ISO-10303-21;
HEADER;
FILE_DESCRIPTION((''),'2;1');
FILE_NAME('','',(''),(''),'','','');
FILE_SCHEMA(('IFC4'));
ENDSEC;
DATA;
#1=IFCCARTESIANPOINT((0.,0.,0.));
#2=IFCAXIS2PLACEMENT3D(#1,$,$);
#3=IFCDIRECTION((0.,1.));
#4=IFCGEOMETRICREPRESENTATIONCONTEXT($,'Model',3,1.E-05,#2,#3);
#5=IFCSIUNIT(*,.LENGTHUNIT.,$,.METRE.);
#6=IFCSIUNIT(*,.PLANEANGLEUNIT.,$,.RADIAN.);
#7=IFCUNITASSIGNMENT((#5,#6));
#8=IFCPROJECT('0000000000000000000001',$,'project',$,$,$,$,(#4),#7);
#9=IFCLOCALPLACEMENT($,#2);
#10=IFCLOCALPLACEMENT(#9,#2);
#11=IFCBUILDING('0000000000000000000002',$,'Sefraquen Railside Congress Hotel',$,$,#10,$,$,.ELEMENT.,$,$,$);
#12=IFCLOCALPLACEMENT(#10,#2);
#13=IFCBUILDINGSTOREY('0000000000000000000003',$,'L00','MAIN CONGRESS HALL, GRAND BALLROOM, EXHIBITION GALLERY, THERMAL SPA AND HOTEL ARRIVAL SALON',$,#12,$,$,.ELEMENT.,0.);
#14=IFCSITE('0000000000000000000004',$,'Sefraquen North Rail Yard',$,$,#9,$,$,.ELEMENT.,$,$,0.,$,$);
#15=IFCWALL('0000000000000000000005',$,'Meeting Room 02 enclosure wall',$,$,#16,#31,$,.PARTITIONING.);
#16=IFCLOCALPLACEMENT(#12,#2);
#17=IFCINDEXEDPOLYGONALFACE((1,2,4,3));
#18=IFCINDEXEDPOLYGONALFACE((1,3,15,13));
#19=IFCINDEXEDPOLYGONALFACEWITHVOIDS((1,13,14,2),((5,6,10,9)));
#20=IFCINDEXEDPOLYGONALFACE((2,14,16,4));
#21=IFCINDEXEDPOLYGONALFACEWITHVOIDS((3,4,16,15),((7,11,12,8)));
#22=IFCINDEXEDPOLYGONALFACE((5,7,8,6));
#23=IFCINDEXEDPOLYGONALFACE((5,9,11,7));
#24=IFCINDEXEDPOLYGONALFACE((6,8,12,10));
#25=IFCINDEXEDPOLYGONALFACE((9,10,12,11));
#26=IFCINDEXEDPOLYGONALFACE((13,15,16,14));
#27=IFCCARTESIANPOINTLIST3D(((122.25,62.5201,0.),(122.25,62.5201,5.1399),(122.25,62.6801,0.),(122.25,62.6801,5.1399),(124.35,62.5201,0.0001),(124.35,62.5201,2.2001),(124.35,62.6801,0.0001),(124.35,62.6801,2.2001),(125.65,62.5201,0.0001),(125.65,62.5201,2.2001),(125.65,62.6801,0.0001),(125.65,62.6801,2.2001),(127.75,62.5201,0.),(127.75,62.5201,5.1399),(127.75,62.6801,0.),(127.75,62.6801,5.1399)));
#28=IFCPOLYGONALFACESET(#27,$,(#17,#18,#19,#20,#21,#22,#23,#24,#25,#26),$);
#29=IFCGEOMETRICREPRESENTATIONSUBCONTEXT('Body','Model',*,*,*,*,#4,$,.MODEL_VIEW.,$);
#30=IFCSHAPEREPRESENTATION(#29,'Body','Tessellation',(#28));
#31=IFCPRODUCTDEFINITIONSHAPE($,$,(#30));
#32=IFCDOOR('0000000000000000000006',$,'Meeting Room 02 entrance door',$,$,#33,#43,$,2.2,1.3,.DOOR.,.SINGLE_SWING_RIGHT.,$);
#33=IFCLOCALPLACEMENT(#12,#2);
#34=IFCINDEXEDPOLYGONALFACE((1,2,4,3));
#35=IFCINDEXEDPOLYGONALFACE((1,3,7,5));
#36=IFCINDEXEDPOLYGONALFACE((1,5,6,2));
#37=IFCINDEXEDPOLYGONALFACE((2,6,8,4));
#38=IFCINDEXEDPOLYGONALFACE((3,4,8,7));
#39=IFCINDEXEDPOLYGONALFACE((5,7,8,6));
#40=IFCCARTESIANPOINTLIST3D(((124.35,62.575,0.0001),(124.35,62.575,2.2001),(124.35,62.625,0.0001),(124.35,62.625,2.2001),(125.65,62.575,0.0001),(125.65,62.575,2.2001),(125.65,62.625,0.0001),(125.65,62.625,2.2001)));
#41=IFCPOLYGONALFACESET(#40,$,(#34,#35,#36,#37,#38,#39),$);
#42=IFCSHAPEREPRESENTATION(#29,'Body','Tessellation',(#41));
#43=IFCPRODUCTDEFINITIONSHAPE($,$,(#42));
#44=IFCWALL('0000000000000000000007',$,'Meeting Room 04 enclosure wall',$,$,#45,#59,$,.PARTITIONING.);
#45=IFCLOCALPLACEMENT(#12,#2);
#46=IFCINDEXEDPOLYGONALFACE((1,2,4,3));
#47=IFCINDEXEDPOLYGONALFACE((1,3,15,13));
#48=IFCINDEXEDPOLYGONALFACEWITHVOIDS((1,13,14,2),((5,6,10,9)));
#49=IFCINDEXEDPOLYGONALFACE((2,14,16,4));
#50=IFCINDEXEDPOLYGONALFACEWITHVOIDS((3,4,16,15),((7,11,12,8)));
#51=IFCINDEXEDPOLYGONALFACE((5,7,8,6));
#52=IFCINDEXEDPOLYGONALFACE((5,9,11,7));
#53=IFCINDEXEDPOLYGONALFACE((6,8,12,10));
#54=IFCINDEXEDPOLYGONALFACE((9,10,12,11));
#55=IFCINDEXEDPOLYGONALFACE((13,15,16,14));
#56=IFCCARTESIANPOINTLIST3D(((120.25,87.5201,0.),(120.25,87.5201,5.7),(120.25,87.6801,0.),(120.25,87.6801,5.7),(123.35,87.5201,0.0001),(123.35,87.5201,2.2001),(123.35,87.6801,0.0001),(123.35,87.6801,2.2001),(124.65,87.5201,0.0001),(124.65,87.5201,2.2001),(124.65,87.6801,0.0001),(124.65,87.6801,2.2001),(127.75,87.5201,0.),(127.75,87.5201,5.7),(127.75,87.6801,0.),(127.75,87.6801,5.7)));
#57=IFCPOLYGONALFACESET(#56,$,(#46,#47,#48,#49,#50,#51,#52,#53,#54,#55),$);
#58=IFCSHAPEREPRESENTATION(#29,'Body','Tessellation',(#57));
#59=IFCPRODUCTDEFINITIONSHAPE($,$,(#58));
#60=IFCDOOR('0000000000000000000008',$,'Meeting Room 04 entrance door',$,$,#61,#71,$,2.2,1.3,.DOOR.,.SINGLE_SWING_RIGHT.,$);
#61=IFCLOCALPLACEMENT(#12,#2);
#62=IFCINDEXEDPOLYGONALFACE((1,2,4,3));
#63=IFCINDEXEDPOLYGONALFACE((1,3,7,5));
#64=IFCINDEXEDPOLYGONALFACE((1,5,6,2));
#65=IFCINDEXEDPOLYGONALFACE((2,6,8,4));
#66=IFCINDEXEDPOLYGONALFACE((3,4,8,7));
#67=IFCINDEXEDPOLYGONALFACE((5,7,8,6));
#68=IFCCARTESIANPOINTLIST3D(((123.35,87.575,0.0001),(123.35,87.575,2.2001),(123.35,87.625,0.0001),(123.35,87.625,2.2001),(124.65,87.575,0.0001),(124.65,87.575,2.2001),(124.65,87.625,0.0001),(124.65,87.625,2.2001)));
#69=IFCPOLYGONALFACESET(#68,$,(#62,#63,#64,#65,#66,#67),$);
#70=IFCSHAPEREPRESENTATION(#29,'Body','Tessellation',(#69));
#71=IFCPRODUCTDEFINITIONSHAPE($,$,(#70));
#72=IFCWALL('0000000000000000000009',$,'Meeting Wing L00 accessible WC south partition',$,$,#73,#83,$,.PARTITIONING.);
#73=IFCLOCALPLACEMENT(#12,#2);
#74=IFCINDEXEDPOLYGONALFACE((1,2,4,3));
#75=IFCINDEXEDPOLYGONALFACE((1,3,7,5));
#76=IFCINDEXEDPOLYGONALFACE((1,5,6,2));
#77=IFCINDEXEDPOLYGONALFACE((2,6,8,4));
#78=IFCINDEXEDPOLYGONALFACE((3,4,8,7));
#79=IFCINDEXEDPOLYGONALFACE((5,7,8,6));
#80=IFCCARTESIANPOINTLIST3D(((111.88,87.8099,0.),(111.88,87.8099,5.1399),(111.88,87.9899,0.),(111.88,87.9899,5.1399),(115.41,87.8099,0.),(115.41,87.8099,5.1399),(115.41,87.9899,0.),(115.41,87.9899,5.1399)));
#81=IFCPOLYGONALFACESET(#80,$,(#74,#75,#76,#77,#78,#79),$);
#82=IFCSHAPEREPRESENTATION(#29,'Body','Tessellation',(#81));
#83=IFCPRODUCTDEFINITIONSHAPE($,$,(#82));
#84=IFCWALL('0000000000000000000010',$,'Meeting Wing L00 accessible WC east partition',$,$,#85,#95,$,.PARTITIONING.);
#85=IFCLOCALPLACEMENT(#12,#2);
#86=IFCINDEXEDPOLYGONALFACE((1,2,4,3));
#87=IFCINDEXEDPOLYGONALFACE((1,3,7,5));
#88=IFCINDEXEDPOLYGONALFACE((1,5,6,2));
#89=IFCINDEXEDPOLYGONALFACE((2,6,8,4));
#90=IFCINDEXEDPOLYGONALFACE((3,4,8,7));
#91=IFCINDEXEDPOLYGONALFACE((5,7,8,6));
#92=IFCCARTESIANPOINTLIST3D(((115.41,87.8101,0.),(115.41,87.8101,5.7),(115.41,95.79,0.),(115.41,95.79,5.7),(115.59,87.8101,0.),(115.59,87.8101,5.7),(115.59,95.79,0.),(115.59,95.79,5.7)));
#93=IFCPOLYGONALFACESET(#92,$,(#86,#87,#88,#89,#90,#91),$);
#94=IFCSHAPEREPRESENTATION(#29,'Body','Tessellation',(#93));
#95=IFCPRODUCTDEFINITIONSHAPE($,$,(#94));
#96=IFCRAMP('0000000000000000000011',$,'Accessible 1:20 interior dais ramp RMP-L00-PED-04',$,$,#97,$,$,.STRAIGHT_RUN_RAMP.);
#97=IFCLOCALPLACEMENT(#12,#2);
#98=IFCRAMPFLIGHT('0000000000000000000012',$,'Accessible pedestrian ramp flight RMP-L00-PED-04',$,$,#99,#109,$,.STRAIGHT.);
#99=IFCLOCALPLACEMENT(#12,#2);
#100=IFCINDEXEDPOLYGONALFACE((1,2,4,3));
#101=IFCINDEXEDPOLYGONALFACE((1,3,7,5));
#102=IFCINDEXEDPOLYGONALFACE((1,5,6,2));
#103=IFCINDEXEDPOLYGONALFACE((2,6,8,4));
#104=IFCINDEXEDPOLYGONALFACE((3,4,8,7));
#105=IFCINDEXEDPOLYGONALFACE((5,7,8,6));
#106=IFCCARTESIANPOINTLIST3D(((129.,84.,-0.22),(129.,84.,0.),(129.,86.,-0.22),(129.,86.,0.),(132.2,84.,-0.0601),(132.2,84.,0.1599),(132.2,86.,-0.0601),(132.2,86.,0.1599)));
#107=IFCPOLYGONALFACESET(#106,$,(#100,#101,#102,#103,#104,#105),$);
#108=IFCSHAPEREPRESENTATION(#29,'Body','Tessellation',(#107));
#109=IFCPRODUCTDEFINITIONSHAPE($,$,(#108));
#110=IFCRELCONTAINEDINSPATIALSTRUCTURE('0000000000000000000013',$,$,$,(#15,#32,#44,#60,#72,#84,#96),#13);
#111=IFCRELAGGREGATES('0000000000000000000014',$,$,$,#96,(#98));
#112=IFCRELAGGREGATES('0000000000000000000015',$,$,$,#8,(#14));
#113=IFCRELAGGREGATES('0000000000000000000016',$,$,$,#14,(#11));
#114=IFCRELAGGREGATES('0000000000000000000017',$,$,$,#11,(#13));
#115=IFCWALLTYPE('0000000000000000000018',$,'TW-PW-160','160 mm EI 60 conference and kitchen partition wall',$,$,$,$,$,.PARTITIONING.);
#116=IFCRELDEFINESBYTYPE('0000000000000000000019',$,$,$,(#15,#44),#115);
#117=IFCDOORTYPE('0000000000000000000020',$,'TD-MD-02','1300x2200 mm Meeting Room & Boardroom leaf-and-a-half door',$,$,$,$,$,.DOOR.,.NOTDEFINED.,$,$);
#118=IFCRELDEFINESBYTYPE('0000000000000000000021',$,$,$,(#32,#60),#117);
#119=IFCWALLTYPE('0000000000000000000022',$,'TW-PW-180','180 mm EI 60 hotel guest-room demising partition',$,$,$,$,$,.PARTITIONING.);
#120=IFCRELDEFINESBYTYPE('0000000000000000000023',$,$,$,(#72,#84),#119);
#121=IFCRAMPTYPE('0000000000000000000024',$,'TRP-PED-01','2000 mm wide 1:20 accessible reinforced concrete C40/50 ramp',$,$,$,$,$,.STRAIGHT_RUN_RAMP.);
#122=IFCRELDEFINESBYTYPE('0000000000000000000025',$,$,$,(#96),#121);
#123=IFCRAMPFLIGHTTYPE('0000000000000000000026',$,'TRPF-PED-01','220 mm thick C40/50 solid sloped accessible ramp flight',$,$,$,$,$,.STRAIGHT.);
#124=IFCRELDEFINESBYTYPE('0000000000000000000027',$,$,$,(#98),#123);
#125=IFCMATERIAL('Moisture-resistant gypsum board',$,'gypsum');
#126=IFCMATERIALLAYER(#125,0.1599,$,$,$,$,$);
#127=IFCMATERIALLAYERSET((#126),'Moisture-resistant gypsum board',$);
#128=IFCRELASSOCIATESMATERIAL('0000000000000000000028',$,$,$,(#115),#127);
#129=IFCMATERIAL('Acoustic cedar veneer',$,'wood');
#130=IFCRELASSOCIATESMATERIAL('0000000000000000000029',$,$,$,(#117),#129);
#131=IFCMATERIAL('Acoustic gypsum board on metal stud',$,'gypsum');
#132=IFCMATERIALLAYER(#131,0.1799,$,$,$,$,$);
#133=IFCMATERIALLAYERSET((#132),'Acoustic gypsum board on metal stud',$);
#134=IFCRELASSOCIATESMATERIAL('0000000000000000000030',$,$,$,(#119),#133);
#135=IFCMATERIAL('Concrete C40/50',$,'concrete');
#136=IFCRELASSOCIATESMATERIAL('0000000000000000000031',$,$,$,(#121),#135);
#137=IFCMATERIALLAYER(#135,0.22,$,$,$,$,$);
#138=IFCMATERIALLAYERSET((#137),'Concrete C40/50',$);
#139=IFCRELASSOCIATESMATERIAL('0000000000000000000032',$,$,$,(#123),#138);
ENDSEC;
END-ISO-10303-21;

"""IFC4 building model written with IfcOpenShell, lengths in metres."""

from ifc_helpers import new_model, si_unit, direction, frame, frame_2d, origin, place, context, subcontext, project, spatial, polyline, rectangle, outline, extrude, material, layer, layer_set, type_object, element, fill, aggregate, save


model = new_model("IFC4")

# Units and contexts
model_context = context("Model", 3, precision=1e-05, world=origin(), true_north=direction((0.0, 1.0)))
body_context = subcontext(model_context, "Body", "Model", "MODEL_VIEW")
ifc_project = project(units=[si_unit("LENGTHUNIT", "METRE"), si_unit("PLANEANGLEUNIT", "RADIAN")], contexts=[model_context])

# Site, building, storey
site_placement = place(None, origin())
site = spatial("IfcSite", under=ifc_project, at=site_placement, Name="Sefraquen North Rail Yard", CompositionType="ELEMENT", RefElevation=0.0)
building_placement = place(site_placement, origin())
building = spatial("IfcBuilding", under=site, at=building_placement, Name="Sefraquen Railside Congress Hotel", CompositionType="ELEMENT")
storey_placement = place(building_placement, origin())
storey = spatial("IfcBuildingStorey", under=building, at=storey_placement, Name="L00", Description="MAIN CONGRESS HALL, GRAND BALLROOM, EXHIBITION GALLERY, THERMAL SPA AND HOTEL ARRIVAL SALON", CompositionType="ELEMENT", Elevation=0.0)

# Walls, openings, doors
ifc_material_1 = material(Name="Moisture-resistant gypsum board", Category="gypsum")
ifc_layer_1 = layer(ifc_material_1, 0.1599)
ifc_layer_set_1 = layer_set([ifc_layer_1], Name="Moisture-resistant gypsum board")
wall_type_1 = type_object("IfcWallType", Name="TW-PW-160", Description="160 mm EI 60 conference and kitchen partition wall", PredefinedType="PARTITIONING", material=ifc_layer_set_1)
wall_1_placement = place(storey_placement, frame((122.25, 62.6001, 0.0), z_axis=(0.0, 0.0, 1.0), x_axis=(1.0, 0.0, 0.0)))
wall_1 = element("IfcWall", 1, at=wall_1_placement, inside=storey, type_object=wall_type_1, Name="Meeting Room 02 enclosure wall", PredefinedType="PARTITIONING", context=body_context, shape_type="SweptSolid", body=[
    extrude(rectangle(XDim=5.5, YDim=0.1599, at=frame_2d((2.75, 0.0))), origin(), (0.0, 0.0, 1.0), 5.1399),
])
opening_1_placement = place(wall_1_placement, frame((2.1001, 0.0, 0.0)))
opening_1 = element("IfcOpeningElement", 2, at=opening_1_placement, cuts=wall_1, PredefinedType="OPENING", context=body_context, shape_type="SweptSolid", body=[
    extrude(rectangle(XDim=1.3, YDim=2.2, at=frame_2d((0.6499, 1.1001))), frame((0.0, 0.0898, 0.0), z_axis=(0.0, -1.0, 0.0), x_axis=(1.0, 0.0, 0.0)), (0.0, 0.0, 1.0), 0.1799),
])
ifc_material_2 = material(Name="Acoustic cedar veneer", Category="wood")
door_type = type_object("IfcDoorType", Name="TD-MD-02", Description="1300x2200 mm Meeting Room & Boardroom leaf-and-a-half door", OperationType="NOTDEFINED", PredefinedType="DOOR", material=ifc_material_2)
door_1_placement = place(opening_1_placement, origin())
door_1 = element("IfcDoor", 3, at=door_1_placement, inside=storey, type_object=door_type, Name="Meeting Room 02 entrance door", OperationType="SINGLE_SWING_RIGHT", OverallHeight=2.2, OverallWidth=1.3, PredefinedType="DOOR", context=body_context, shape_type="SweptSolid", body=[
    extrude(rectangle(XDim=1.3, YDim=2.2, at=frame_2d((0.6499, 1.1001))), frame((0.0, 0.0249, 0.0), z_axis=(0.0, -1.0, 0.0), x_axis=(1.0, 0.0, 0.0)), (0.0, 0.0, 1.0), 0.05),
])
fill(opening_1, door_1)
wall_2_placement = place(storey_placement, frame((120.25, 87.6001, 0.0), z_axis=(0.0, 0.0, 1.0), x_axis=(1.0, 0.0, 0.0)))
wall_2 = element("IfcWall", 4, at=wall_2_placement, inside=storey, type_object=wall_type_1, Name="Meeting Room 04 enclosure wall", PredefinedType="PARTITIONING", context=body_context, shape_type="SweptSolid", body=[
    extrude(rectangle(XDim=7.5, YDim=0.1599, at=frame_2d((3.75, 0.0))), origin(), (0.0, 0.0, 1.0), 5.7),
])
opening_2_placement = place(wall_2_placement, frame((3.1001, 0.0, 0.0)))
opening_2 = element("IfcOpeningElement", 5, at=opening_2_placement, cuts=wall_2, PredefinedType="OPENING", context=body_context, shape_type="SweptSolid", body=[
    extrude(rectangle(XDim=1.3, YDim=2.2, at=frame_2d((0.6499, 1.1001))), frame((0.0, 0.0898, 0.0), z_axis=(0.0, -1.0, 0.0), x_axis=(1.0, 0.0, 0.0)), (0.0, 0.0, 1.0), 0.1799),
])
door_2_placement = place(opening_2_placement, origin())
door_2 = element("IfcDoor", 6, at=door_2_placement, inside=storey, type_object=door_type, Name="Meeting Room 04 entrance door", OperationType="SINGLE_SWING_RIGHT", OverallHeight=2.2, OverallWidth=1.3, PredefinedType="DOOR", context=body_context, shape_type="SweptSolid", body=[
    extrude(rectangle(XDim=1.3, YDim=2.2, at=frame_2d((0.6499, 1.1001))), frame((0.0, 0.0249, 0.0), z_axis=(0.0, -1.0, 0.0), x_axis=(1.0, 0.0, 0.0)), (0.0, 0.0, 1.0), 0.05),
])
fill(opening_2, door_2)

# Walls
ifc_material_3 = material(Name="Acoustic gypsum board on metal stud", Category="gypsum")
ifc_layer_2 = layer(ifc_material_3, 0.1799)
ifc_layer_set_2 = layer_set([ifc_layer_2], Name="Acoustic gypsum board on metal stud")
wall_type_2 = type_object("IfcWallType", Name="TW-PW-180", Description="180 mm EI 60 hotel guest-room demising partition", PredefinedType="PARTITIONING", material=ifc_layer_set_2)
wall_3_placement = place(storey_placement, frame((111.8799, 87.8999, 0.0), z_axis=(0.0, 0.0, 1.0), x_axis=(1.0, 0.0, 0.0)))
element("IfcWall", 7, at=wall_3_placement, inside=storey, type_object=wall_type_2, Name="Meeting Wing L00 accessible WC south partition", PredefinedType="PARTITIONING", context=body_context, shape_type="SweptSolid", body=[
    extrude(rectangle(XDim=3.53, YDim=0.1799, at=frame_2d((1.7651, 0.0))), origin(), (0.0, 0.0, 1.0), 5.1399),
])
wall_4_placement = place(storey_placement, frame((115.5, 87.8101, 0.0), z_axis=(0.0, 0.0, 1.0), x_axis=(0.0, 1.0, 0.0)))
element("IfcWall", 8, at=wall_4_placement, inside=storey, type_object=wall_type_2, Name="Meeting Wing L00 accessible WC east partition", PredefinedType="PARTITIONING", context=body_context, shape_type="SweptSolid", body=[
    extrude(rectangle(XDim=7.98, YDim=0.1799, at=frame_2d((3.99, 0.0))), origin(), (0.0, 0.0, 1.0), 5.7),
])

# Ramp, ramp flight
ifc_material_4 = material(Name="Concrete C40/50", Category="concrete")
ramp_type = type_object("IfcRampType", Name="TRP-PED-01", Description="2000 mm wide 1:20 accessible reinforced concrete C40/50 ramp", PredefinedType="STRAIGHT_RUN_RAMP", material=ifc_material_4)
ramp_placement = place(storey_placement, origin())
ramp = element("IfcRamp", 9, at=ramp_placement, inside=storey, type_object=ramp_type, Name="Accessible 1:20 interior dais ramp RMP-L00-PED-04", PredefinedType="STRAIGHT_RUN_RAMP")
ifc_layer_3 = layer(ifc_material_4, 0.22)
ifc_layer_set_3 = layer_set([ifc_layer_3], Name="Concrete C40/50")
ramp_flight_type = type_object("IfcRampFlightType", Name="TRPF-PED-01", Description="220 mm thick C40/50 solid sloped accessible ramp flight", PredefinedType="STRAIGHT", material=ifc_layer_set_3)
ramp_flight_placement = place(storey_placement, frame((129.0, 85.0, 0.0), z_axis=(0.0, 0.0, 1.0), x_axis=(1.0, 0.0, 0.0)))
ramp_flight = element("IfcRampFlight", 10, at=ramp_flight_placement, type_object=ramp_flight_type, Name="Accessible pedestrian ramp flight RMP-L00-PED-04", PredefinedType="STRAIGHT", context=body_context, shape_type="SweptSolid", body=[
    extrude(outline(polyline([(0.0, 0.0), (0.0, -0.22), (3.2, -0.0601), (3.2, 0.1599), (0.0, 0.0)])), frame((0.0, 1.0, 0.0), z_axis=(0.0, -1.0, 0.0), x_axis=(1.0, 0.0, 0.0)), (0.0, 0.0, 1.0), 2.0),
])
aggregate(ramp, [ramp_flight])

save(model, "model.ifc")
